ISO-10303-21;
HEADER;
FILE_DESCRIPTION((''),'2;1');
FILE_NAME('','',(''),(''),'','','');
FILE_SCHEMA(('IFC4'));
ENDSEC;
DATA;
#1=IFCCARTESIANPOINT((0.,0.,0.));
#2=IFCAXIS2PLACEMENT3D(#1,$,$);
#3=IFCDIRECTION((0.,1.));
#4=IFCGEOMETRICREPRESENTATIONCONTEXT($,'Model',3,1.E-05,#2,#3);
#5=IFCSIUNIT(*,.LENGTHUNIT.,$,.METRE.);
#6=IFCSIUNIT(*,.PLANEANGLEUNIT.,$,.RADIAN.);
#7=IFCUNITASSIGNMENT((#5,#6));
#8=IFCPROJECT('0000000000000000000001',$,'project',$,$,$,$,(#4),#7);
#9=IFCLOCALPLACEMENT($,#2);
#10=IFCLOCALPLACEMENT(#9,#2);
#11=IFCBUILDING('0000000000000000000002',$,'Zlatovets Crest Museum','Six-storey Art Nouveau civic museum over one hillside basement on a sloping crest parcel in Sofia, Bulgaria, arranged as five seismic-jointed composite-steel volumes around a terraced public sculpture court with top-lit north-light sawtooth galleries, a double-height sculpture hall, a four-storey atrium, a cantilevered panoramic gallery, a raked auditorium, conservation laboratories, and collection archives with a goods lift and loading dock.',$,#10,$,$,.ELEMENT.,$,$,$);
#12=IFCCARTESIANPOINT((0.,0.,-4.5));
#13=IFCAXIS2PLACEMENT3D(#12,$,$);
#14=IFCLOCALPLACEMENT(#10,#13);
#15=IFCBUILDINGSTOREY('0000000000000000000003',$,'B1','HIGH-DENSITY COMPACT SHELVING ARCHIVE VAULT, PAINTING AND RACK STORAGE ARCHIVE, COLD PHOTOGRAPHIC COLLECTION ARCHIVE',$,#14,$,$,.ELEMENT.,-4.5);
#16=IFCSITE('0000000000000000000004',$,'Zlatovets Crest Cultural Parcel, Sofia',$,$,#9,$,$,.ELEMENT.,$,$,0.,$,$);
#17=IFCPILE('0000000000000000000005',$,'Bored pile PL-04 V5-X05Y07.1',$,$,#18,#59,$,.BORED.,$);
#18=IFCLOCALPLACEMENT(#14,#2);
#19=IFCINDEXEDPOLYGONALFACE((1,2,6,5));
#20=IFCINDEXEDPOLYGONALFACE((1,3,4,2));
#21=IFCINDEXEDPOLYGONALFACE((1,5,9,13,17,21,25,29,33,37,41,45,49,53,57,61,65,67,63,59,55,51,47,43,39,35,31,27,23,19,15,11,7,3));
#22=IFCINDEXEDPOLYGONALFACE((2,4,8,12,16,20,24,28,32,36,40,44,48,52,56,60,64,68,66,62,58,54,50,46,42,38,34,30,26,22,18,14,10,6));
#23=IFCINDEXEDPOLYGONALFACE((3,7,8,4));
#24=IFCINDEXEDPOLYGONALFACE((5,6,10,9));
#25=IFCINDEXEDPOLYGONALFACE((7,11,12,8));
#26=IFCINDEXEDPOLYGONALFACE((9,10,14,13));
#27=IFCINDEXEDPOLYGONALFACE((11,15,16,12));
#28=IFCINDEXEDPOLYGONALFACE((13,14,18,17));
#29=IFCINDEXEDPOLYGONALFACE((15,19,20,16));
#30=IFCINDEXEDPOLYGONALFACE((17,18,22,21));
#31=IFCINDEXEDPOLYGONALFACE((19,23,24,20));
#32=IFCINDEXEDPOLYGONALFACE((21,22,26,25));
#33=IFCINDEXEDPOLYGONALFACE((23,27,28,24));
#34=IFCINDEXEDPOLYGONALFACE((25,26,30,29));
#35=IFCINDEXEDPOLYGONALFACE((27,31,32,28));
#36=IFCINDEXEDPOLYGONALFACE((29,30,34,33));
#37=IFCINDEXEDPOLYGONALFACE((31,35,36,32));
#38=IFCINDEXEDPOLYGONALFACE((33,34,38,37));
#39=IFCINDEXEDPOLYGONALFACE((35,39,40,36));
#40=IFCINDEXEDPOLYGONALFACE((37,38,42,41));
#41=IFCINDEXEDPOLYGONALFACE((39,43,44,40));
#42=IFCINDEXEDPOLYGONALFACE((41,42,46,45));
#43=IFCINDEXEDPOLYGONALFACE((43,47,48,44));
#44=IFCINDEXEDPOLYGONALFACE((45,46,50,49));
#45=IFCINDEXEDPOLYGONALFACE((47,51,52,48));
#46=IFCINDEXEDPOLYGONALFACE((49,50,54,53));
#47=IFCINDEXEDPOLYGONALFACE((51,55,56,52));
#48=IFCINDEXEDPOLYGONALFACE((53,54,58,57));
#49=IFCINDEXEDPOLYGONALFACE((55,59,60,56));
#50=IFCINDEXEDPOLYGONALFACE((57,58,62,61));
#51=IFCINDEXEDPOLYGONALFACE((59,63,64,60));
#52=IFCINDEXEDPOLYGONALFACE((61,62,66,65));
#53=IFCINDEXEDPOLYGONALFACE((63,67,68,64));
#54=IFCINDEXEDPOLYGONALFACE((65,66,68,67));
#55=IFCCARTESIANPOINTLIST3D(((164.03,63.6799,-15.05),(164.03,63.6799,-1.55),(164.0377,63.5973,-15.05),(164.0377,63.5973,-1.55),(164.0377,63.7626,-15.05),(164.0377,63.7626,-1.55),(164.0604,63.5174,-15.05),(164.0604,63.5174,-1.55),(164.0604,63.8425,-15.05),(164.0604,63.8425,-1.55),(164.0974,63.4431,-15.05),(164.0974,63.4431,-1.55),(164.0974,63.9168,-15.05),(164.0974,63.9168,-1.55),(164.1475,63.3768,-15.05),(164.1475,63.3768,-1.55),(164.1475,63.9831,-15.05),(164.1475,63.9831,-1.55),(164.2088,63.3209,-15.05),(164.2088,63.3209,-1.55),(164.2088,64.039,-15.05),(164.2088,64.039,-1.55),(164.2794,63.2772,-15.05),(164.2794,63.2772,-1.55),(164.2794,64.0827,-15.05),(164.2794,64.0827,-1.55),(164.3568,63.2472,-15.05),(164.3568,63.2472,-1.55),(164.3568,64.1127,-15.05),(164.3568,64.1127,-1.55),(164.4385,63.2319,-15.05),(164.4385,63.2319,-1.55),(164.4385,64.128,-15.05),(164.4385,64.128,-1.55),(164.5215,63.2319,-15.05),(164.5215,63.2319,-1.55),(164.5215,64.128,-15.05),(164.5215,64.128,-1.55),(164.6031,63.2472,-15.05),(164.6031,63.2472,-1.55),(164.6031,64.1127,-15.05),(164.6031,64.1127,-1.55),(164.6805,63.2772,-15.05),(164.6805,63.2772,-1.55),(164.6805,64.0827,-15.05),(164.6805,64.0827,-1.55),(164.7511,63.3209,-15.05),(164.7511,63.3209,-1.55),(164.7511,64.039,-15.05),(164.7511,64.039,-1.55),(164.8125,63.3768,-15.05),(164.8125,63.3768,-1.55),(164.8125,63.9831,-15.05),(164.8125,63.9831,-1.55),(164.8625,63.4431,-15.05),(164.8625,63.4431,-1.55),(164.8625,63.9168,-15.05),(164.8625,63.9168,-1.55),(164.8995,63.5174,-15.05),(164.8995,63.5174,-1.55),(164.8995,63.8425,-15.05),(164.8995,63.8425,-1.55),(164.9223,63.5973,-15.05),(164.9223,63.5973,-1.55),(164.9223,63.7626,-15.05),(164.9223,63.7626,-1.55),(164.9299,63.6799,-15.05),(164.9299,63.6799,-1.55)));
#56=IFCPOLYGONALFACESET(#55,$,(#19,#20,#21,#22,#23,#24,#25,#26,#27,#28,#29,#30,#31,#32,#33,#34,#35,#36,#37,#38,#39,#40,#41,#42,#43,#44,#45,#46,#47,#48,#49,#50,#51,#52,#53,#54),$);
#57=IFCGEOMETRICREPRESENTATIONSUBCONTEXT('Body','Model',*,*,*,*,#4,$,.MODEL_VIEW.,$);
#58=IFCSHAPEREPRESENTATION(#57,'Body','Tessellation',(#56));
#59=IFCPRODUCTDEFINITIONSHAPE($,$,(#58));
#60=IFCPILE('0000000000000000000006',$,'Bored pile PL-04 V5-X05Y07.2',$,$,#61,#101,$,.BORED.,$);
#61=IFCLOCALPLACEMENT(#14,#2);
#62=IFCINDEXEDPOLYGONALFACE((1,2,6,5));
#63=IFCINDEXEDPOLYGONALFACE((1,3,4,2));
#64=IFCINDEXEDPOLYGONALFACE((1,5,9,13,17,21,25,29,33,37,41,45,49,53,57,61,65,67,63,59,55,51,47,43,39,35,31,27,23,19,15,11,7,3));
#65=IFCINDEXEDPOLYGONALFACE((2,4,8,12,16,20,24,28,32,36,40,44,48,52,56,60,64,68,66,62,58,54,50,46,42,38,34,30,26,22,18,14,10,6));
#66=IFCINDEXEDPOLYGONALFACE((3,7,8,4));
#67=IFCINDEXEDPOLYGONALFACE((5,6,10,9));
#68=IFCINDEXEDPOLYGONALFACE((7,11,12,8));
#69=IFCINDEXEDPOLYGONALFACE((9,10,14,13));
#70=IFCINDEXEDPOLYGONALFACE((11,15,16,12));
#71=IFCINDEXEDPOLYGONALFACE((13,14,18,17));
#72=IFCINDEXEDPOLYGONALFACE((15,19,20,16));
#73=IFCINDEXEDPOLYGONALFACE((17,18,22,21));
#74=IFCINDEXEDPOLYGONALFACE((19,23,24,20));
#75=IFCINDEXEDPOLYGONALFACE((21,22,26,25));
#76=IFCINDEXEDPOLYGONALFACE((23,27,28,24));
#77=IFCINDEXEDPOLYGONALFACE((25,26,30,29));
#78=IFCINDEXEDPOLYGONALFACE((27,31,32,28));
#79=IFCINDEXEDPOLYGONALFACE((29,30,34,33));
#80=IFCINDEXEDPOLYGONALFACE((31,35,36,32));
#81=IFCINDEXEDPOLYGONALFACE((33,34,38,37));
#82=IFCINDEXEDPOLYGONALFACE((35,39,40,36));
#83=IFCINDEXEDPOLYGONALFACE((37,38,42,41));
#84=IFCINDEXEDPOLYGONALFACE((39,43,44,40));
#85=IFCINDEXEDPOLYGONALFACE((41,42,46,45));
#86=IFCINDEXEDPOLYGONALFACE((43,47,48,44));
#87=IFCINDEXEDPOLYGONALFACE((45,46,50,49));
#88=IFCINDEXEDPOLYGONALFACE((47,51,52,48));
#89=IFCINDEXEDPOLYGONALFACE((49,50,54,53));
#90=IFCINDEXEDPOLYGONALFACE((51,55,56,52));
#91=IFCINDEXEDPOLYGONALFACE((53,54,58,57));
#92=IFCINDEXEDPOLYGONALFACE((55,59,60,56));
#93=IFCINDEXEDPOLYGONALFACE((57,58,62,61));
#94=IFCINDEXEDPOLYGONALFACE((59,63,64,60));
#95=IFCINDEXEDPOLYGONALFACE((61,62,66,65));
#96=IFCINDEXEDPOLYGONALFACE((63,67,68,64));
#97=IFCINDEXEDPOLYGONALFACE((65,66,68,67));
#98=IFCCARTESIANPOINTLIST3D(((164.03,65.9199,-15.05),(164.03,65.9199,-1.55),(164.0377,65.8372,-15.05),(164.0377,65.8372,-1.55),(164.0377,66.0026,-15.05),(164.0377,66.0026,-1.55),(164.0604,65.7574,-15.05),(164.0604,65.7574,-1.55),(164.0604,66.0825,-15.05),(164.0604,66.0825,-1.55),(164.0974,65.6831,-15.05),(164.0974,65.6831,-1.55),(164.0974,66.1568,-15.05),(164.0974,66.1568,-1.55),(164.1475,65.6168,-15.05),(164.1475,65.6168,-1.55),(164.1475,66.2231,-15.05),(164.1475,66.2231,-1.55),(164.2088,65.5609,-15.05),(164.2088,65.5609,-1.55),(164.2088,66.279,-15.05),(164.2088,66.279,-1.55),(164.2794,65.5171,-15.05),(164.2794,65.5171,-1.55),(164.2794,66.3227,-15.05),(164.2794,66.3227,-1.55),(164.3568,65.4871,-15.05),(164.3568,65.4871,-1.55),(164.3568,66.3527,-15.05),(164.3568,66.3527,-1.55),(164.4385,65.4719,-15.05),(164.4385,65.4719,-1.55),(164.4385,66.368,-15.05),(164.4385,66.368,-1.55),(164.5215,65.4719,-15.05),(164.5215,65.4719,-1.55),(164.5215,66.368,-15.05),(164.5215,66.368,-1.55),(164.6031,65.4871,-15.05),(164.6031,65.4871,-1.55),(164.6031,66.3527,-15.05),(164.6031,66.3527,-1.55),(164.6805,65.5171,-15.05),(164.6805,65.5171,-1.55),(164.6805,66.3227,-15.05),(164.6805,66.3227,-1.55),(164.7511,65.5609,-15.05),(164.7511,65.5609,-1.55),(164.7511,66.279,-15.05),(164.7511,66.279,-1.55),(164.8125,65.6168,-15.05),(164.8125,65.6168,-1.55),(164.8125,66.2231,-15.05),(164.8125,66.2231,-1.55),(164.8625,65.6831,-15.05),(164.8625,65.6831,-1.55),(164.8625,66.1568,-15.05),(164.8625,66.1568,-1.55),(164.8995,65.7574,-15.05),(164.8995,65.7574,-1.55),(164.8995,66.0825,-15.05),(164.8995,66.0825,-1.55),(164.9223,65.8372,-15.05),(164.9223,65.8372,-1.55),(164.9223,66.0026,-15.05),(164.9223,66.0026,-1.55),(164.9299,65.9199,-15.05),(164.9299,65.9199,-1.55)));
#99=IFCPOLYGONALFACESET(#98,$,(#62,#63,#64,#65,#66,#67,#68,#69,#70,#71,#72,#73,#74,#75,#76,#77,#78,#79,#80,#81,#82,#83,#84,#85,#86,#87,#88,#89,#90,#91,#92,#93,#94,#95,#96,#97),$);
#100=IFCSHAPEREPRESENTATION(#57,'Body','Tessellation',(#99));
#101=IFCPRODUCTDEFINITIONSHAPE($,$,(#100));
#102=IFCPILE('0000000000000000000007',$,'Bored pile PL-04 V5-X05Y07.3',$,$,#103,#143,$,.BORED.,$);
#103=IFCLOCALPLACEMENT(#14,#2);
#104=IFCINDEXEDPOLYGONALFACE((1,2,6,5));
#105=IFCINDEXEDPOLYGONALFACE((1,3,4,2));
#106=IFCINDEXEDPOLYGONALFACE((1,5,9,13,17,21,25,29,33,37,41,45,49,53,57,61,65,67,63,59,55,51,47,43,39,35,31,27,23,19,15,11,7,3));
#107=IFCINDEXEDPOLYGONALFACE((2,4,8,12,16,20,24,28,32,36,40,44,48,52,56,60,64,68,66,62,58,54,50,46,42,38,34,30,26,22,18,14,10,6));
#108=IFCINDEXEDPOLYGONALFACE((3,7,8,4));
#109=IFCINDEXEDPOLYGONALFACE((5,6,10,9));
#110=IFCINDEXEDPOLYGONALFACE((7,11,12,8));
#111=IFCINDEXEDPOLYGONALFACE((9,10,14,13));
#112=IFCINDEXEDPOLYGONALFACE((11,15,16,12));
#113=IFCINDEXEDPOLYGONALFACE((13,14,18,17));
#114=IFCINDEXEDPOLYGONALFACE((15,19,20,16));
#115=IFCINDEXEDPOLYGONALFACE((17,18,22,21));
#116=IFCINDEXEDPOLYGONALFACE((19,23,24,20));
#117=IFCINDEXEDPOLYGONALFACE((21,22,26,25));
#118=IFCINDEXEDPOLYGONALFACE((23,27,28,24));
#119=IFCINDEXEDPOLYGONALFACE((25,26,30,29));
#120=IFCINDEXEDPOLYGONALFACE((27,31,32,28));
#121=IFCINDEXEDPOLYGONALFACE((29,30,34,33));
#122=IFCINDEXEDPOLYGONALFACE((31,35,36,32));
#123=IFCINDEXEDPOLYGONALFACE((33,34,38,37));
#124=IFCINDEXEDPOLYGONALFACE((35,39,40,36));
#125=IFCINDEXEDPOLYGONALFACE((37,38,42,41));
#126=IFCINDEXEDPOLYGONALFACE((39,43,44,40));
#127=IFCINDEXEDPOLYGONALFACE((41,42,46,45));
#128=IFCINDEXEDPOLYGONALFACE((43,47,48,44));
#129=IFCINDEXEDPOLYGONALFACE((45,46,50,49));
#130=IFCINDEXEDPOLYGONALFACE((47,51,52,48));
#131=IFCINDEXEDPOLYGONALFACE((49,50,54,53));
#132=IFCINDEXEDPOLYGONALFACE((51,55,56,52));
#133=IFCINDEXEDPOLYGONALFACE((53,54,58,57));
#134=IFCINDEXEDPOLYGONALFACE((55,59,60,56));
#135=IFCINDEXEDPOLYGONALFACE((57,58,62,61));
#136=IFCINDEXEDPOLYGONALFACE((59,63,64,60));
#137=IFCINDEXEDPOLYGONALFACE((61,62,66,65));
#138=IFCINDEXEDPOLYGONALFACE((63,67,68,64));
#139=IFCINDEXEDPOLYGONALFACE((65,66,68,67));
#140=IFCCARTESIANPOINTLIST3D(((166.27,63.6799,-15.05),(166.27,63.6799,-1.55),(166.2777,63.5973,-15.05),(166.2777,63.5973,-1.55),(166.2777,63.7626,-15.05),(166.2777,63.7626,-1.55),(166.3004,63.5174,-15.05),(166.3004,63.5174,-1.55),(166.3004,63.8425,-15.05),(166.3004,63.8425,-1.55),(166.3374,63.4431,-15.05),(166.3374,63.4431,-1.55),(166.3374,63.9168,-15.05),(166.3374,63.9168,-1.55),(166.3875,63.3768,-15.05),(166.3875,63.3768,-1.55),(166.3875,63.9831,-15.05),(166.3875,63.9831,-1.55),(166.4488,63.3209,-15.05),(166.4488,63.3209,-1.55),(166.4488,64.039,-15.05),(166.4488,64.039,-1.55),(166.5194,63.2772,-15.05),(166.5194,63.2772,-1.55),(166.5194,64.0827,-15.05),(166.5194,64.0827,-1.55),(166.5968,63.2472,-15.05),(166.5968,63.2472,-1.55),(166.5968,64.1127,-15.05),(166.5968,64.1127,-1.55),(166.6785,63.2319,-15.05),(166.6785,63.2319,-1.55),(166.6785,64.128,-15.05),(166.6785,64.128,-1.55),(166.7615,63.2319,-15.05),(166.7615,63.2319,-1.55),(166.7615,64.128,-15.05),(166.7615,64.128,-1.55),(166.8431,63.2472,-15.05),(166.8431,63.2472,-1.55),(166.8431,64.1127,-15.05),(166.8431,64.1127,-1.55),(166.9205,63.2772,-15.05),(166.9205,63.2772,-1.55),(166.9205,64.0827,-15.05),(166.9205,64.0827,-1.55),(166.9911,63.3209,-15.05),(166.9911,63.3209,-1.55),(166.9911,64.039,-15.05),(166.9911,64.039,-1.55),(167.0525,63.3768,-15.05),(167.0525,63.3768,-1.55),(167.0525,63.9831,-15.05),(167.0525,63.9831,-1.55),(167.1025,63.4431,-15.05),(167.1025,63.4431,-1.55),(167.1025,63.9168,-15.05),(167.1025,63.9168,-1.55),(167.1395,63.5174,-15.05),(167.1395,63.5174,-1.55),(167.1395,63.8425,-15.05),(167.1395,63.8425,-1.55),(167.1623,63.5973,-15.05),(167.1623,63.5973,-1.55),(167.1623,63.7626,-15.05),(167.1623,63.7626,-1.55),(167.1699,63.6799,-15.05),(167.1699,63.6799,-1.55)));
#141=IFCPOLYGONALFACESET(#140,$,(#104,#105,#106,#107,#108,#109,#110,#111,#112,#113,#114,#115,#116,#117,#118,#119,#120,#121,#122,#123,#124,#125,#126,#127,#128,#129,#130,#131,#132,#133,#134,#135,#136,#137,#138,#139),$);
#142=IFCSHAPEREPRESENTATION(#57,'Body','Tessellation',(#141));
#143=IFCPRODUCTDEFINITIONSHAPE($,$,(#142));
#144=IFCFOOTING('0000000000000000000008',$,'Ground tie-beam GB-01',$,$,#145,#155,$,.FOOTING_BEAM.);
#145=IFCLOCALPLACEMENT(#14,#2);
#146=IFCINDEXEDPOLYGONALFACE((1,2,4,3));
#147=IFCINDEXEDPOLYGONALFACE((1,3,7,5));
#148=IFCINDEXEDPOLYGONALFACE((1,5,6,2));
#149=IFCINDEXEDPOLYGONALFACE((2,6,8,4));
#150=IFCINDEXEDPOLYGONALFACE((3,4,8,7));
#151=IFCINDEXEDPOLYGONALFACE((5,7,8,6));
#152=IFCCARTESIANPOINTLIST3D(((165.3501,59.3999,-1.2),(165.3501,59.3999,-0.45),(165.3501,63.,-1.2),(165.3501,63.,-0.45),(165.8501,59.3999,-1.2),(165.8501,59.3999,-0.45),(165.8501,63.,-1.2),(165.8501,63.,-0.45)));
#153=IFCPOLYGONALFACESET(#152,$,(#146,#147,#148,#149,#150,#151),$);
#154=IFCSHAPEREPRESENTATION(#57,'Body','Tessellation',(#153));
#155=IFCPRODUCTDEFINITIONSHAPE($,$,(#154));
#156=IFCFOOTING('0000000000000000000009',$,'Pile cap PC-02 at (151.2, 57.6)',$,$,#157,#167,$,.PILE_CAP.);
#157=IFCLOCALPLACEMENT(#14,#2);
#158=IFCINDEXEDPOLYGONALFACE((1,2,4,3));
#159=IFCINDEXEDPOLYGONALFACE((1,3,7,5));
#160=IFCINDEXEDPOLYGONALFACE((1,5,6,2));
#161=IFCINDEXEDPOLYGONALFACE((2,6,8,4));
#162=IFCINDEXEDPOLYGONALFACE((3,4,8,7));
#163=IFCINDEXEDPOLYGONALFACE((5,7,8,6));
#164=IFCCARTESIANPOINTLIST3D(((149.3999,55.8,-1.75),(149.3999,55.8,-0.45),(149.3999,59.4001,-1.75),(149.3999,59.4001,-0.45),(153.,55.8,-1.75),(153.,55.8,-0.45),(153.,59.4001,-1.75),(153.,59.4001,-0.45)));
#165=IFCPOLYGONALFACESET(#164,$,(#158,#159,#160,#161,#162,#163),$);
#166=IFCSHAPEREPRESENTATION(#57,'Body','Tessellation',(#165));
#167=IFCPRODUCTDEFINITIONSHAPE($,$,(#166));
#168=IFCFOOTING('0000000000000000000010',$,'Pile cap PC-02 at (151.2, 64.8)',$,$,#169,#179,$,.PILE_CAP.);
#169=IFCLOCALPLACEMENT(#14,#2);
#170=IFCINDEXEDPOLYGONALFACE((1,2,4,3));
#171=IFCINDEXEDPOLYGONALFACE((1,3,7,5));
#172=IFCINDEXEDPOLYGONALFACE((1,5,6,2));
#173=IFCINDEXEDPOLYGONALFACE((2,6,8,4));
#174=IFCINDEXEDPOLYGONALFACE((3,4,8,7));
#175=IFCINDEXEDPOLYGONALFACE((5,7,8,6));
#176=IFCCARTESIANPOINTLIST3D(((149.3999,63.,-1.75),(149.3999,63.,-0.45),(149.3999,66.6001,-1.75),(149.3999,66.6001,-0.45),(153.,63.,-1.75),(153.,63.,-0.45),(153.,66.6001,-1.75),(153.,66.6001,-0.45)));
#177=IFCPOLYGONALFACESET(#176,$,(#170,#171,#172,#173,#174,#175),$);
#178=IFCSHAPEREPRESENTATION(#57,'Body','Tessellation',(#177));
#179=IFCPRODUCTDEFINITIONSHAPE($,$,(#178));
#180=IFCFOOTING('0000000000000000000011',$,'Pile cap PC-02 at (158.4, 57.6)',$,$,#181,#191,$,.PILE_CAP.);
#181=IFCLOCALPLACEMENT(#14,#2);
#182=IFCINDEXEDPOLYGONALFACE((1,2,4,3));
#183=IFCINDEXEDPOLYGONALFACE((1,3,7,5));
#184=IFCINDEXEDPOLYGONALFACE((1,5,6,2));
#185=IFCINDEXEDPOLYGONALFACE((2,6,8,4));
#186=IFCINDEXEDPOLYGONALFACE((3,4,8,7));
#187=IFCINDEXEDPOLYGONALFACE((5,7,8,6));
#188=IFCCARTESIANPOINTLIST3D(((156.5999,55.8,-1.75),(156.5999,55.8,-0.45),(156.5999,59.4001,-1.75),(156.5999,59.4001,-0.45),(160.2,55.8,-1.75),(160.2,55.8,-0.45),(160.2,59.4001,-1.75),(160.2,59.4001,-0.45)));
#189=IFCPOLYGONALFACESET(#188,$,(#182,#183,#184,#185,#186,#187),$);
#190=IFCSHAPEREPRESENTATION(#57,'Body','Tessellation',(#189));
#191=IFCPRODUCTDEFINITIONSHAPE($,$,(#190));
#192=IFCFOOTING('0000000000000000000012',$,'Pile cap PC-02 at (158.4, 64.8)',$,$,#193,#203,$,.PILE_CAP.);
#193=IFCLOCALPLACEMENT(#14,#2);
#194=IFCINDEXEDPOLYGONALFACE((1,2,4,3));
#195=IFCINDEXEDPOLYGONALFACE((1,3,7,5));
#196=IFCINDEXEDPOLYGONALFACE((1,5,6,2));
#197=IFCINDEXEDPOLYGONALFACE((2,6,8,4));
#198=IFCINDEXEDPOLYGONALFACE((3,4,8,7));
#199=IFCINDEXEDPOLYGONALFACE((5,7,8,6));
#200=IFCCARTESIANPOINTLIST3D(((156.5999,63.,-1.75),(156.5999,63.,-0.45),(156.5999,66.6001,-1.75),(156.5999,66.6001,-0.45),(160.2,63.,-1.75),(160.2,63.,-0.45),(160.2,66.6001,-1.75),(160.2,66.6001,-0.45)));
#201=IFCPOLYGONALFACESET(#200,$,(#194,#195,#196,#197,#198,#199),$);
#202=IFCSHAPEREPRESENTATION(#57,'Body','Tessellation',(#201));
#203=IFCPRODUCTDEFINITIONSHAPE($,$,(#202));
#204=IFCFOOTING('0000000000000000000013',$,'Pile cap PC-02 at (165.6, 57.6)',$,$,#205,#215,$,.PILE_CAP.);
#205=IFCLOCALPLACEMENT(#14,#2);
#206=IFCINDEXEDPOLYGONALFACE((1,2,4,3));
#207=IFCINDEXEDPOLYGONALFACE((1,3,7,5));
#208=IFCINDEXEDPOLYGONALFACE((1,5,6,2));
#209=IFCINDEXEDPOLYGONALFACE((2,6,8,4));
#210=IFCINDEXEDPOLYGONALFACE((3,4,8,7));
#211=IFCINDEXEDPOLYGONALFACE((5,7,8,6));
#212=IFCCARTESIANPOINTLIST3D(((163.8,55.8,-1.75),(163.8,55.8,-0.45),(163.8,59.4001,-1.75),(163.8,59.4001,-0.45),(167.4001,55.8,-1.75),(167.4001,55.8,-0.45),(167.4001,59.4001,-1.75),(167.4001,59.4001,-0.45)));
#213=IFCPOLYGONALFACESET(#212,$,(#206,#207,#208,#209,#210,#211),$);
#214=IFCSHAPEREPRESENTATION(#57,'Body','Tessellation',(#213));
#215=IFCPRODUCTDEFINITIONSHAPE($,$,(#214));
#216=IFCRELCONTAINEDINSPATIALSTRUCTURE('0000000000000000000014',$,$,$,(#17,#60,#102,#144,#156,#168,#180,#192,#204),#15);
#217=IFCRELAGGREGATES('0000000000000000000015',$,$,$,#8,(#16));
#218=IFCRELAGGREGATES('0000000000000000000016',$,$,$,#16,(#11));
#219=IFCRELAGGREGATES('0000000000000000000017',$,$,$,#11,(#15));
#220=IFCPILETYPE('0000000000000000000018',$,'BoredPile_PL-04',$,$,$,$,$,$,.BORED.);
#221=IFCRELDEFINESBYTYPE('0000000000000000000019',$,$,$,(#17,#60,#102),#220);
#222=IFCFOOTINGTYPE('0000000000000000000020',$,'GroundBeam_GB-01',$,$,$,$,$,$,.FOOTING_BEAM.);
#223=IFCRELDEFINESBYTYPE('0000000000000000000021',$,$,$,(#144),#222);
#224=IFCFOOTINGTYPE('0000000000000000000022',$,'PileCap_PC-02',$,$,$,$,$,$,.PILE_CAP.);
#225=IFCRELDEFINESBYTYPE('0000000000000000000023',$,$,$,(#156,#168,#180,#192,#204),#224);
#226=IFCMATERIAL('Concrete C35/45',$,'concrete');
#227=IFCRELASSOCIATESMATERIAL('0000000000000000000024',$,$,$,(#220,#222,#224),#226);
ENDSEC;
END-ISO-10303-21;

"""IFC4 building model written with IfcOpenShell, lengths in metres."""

from ifc_helpers import new_model, si_unit, direction, frame, origin, origin_2d, place, context, subcontext, project, spatial, rectangle, circle, extrude, material, material_profile, profile_set, type_object, element, save


model = new_model("IFC4")

# Units and contexts
model_context = context("Model", 3, precision=1e-05, world=origin(), true_north=direction((0.0, 1.0)))
body_context = subcontext(model_context, "Body", "Model", "MODEL_VIEW")
ifc_project = project(units=[si_unit("LENGTHUNIT", "METRE"), si_unit("PLANEANGLEUNIT", "RADIAN")], contexts=[model_context])

# Site, building, storey
site_placement = place(None, origin())
site = spatial("IfcSite", under=ifc_project, at=site_placement, Name="Zlatovets Crest Cultural Parcel, Sofia", CompositionType="ELEMENT", RefElevation=0.0)
building_placement = place(site_placement, origin())
building = spatial("IfcBuilding", under=site, at=building_placement, Name="Zlatovets Crest Museum", Description="Six-storey Art Nouveau civic museum over one hillside basement on a sloping crest parcel in Sofia, Bulgaria, arranged as five seismic-jointed composite-steel volumes around a terraced public sculpture court with top-lit north-light sawtooth galleries, a double-height sculpture hall, a four-storey atrium, a cantilevered panoramic gallery, a raked auditorium, conservation laboratories, and collection archives with a goods lift and loading dock.", CompositionType="ELEMENT")
storey_placement = place(building_placement, frame((0.0, 0.0, -4.5)))
storey = spatial("IfcBuildingStorey", under=building, at=storey_placement, Name="B1", Description="HIGH-DENSITY COMPACT SHELVING ARCHIVE VAULT, PAINTING AND RACK STORAGE ARCHIVE, COLD PHOTOGRAPHIC COLLECTION ARCHIVE", CompositionType="ELEMENT", Elevation=-4.5)

# Piles
ifc_material = material(Name="Concrete C35/45", Category="concrete")
ifc_material_profile_1 = material_profile(ifc_material, circle(Radius=0.45, at=origin_2d()), Name="PILE D900")
ifc_profile_set_1 = profile_set([ifc_material_profile_1], Name="Concrete C35/45")
pile_type = type_object("IfcPileType", Name="BoredPile_PL-04", PredefinedType="BORED", material=ifc_profile_set_1)
for number, where, z_axis, x_axis, name in (
    (1, (164.48, 63.6799, -1.55), (0.0, 0.0, -1.0), (1.0, 0.0, 0.0), "Bored pile PL-04 V5-X05Y07.1"),
    (2, (164.48, 65.9199, -1.55), (0.0, 0.0, -1.0), (1.0, 0.0, 0.0), "Bored pile PL-04 V5-X05Y07.2"),
    (3, (166.72, 63.6799, -1.55), (0.0, 0.0, -1.0), (1.0, 0.0, 0.0), "Bored pile PL-04 V5-X05Y07.3"),
):
    element("IfcPile", number, at=place(storey_placement, frame(where, z_axis=z_axis, x_axis=x_axis)), inside=storey, type_object=pile_type, Name=name, PredefinedType="BORED", context=body_context, shape_type="SweptSolid", body=[
        extrude(circle(Radius=0.45, at=origin_2d()), origin(), (0.0, 0.0, 1.0), 13.5),
    ])

# Footings
ifc_material_profile_2 = material_profile(ifc_material, rectangle(XDim=0.5, YDim=0.75, at=origin_2d()), Name="RC 500x750")
ifc_profile_set_2 = profile_set([ifc_material_profile_2], Name="Concrete C35/45")
footing_type_1 = type_object("IfcFootingType", Name="GroundBeam_GB-01", PredefinedType="FOOTING_BEAM", material=ifc_profile_set_2)
footing_placement = place(storey_placement, frame((165.6001, 59.3999, -0.825), z_axis=(0.0, 1.0, 0.0), x_axis=(-1.0, 0.0, 0.0)))
element("IfcFooting", 4, at=footing_placement, inside=storey, type_object=footing_type_1, Name="Ground tie-beam GB-01", PredefinedType="FOOTING_BEAM", context=body_context, shape_type="SweptSolid", body=[
    extrude(rectangle(XDim=0.5, YDim=0.75, at=origin_2d()), origin(), (0.0, 0.0, 1.0), 3.6001),
])
footing_type_2 = type_object("IfcFootingType", Name="PileCap_PC-02", PredefinedType="PILE_CAP", material=ifc_material)
for number, where, z_axis, x_axis, name in (
    (5, (151.2, 57.6001, -1.75), (0.0, 0.0, 1.0), (1.0, 0.0, 0.0), "Pile cap PC-02 at (151.2, 57.6)"),
    (6, (151.2, 64.8, -1.75), (0.0, 0.0, 1.0), (1.0, 0.0, 0.0), "Pile cap PC-02 at (151.2, 64.8)"),
    (7, (158.3999, 57.6001, -1.75), (0.0, 0.0, 1.0), (1.0, 0.0, 0.0), "Pile cap PC-02 at (158.4, 57.6)"),
    (8, (158.3999, 64.8, -1.75), (0.0, 0.0, 1.0), (1.0, 0.0, 0.0), "Pile cap PC-02 at (158.4, 64.8)"),
    (9, (165.6001, 57.6001, -1.75), (0.0, 0.0, 1.0), (1.0, 0.0, 0.0), "Pile cap PC-02 at (165.6, 57.6)"),
):
    element("IfcFooting", number, at=place(storey_placement, frame(where, z_axis=z_axis, x_axis=x_axis)), inside=storey, type_object=footing_type_2, Name=name, PredefinedType="PILE_CAP", context=body_context, shape_type="SweptSolid", body=[
        extrude(rectangle(XDim=3.6001, YDim=3.6001, at=origin_2d()), origin(), (0.0, 0.0, 1.0), 1.3),
    ])

save(model, "model.ifc")
